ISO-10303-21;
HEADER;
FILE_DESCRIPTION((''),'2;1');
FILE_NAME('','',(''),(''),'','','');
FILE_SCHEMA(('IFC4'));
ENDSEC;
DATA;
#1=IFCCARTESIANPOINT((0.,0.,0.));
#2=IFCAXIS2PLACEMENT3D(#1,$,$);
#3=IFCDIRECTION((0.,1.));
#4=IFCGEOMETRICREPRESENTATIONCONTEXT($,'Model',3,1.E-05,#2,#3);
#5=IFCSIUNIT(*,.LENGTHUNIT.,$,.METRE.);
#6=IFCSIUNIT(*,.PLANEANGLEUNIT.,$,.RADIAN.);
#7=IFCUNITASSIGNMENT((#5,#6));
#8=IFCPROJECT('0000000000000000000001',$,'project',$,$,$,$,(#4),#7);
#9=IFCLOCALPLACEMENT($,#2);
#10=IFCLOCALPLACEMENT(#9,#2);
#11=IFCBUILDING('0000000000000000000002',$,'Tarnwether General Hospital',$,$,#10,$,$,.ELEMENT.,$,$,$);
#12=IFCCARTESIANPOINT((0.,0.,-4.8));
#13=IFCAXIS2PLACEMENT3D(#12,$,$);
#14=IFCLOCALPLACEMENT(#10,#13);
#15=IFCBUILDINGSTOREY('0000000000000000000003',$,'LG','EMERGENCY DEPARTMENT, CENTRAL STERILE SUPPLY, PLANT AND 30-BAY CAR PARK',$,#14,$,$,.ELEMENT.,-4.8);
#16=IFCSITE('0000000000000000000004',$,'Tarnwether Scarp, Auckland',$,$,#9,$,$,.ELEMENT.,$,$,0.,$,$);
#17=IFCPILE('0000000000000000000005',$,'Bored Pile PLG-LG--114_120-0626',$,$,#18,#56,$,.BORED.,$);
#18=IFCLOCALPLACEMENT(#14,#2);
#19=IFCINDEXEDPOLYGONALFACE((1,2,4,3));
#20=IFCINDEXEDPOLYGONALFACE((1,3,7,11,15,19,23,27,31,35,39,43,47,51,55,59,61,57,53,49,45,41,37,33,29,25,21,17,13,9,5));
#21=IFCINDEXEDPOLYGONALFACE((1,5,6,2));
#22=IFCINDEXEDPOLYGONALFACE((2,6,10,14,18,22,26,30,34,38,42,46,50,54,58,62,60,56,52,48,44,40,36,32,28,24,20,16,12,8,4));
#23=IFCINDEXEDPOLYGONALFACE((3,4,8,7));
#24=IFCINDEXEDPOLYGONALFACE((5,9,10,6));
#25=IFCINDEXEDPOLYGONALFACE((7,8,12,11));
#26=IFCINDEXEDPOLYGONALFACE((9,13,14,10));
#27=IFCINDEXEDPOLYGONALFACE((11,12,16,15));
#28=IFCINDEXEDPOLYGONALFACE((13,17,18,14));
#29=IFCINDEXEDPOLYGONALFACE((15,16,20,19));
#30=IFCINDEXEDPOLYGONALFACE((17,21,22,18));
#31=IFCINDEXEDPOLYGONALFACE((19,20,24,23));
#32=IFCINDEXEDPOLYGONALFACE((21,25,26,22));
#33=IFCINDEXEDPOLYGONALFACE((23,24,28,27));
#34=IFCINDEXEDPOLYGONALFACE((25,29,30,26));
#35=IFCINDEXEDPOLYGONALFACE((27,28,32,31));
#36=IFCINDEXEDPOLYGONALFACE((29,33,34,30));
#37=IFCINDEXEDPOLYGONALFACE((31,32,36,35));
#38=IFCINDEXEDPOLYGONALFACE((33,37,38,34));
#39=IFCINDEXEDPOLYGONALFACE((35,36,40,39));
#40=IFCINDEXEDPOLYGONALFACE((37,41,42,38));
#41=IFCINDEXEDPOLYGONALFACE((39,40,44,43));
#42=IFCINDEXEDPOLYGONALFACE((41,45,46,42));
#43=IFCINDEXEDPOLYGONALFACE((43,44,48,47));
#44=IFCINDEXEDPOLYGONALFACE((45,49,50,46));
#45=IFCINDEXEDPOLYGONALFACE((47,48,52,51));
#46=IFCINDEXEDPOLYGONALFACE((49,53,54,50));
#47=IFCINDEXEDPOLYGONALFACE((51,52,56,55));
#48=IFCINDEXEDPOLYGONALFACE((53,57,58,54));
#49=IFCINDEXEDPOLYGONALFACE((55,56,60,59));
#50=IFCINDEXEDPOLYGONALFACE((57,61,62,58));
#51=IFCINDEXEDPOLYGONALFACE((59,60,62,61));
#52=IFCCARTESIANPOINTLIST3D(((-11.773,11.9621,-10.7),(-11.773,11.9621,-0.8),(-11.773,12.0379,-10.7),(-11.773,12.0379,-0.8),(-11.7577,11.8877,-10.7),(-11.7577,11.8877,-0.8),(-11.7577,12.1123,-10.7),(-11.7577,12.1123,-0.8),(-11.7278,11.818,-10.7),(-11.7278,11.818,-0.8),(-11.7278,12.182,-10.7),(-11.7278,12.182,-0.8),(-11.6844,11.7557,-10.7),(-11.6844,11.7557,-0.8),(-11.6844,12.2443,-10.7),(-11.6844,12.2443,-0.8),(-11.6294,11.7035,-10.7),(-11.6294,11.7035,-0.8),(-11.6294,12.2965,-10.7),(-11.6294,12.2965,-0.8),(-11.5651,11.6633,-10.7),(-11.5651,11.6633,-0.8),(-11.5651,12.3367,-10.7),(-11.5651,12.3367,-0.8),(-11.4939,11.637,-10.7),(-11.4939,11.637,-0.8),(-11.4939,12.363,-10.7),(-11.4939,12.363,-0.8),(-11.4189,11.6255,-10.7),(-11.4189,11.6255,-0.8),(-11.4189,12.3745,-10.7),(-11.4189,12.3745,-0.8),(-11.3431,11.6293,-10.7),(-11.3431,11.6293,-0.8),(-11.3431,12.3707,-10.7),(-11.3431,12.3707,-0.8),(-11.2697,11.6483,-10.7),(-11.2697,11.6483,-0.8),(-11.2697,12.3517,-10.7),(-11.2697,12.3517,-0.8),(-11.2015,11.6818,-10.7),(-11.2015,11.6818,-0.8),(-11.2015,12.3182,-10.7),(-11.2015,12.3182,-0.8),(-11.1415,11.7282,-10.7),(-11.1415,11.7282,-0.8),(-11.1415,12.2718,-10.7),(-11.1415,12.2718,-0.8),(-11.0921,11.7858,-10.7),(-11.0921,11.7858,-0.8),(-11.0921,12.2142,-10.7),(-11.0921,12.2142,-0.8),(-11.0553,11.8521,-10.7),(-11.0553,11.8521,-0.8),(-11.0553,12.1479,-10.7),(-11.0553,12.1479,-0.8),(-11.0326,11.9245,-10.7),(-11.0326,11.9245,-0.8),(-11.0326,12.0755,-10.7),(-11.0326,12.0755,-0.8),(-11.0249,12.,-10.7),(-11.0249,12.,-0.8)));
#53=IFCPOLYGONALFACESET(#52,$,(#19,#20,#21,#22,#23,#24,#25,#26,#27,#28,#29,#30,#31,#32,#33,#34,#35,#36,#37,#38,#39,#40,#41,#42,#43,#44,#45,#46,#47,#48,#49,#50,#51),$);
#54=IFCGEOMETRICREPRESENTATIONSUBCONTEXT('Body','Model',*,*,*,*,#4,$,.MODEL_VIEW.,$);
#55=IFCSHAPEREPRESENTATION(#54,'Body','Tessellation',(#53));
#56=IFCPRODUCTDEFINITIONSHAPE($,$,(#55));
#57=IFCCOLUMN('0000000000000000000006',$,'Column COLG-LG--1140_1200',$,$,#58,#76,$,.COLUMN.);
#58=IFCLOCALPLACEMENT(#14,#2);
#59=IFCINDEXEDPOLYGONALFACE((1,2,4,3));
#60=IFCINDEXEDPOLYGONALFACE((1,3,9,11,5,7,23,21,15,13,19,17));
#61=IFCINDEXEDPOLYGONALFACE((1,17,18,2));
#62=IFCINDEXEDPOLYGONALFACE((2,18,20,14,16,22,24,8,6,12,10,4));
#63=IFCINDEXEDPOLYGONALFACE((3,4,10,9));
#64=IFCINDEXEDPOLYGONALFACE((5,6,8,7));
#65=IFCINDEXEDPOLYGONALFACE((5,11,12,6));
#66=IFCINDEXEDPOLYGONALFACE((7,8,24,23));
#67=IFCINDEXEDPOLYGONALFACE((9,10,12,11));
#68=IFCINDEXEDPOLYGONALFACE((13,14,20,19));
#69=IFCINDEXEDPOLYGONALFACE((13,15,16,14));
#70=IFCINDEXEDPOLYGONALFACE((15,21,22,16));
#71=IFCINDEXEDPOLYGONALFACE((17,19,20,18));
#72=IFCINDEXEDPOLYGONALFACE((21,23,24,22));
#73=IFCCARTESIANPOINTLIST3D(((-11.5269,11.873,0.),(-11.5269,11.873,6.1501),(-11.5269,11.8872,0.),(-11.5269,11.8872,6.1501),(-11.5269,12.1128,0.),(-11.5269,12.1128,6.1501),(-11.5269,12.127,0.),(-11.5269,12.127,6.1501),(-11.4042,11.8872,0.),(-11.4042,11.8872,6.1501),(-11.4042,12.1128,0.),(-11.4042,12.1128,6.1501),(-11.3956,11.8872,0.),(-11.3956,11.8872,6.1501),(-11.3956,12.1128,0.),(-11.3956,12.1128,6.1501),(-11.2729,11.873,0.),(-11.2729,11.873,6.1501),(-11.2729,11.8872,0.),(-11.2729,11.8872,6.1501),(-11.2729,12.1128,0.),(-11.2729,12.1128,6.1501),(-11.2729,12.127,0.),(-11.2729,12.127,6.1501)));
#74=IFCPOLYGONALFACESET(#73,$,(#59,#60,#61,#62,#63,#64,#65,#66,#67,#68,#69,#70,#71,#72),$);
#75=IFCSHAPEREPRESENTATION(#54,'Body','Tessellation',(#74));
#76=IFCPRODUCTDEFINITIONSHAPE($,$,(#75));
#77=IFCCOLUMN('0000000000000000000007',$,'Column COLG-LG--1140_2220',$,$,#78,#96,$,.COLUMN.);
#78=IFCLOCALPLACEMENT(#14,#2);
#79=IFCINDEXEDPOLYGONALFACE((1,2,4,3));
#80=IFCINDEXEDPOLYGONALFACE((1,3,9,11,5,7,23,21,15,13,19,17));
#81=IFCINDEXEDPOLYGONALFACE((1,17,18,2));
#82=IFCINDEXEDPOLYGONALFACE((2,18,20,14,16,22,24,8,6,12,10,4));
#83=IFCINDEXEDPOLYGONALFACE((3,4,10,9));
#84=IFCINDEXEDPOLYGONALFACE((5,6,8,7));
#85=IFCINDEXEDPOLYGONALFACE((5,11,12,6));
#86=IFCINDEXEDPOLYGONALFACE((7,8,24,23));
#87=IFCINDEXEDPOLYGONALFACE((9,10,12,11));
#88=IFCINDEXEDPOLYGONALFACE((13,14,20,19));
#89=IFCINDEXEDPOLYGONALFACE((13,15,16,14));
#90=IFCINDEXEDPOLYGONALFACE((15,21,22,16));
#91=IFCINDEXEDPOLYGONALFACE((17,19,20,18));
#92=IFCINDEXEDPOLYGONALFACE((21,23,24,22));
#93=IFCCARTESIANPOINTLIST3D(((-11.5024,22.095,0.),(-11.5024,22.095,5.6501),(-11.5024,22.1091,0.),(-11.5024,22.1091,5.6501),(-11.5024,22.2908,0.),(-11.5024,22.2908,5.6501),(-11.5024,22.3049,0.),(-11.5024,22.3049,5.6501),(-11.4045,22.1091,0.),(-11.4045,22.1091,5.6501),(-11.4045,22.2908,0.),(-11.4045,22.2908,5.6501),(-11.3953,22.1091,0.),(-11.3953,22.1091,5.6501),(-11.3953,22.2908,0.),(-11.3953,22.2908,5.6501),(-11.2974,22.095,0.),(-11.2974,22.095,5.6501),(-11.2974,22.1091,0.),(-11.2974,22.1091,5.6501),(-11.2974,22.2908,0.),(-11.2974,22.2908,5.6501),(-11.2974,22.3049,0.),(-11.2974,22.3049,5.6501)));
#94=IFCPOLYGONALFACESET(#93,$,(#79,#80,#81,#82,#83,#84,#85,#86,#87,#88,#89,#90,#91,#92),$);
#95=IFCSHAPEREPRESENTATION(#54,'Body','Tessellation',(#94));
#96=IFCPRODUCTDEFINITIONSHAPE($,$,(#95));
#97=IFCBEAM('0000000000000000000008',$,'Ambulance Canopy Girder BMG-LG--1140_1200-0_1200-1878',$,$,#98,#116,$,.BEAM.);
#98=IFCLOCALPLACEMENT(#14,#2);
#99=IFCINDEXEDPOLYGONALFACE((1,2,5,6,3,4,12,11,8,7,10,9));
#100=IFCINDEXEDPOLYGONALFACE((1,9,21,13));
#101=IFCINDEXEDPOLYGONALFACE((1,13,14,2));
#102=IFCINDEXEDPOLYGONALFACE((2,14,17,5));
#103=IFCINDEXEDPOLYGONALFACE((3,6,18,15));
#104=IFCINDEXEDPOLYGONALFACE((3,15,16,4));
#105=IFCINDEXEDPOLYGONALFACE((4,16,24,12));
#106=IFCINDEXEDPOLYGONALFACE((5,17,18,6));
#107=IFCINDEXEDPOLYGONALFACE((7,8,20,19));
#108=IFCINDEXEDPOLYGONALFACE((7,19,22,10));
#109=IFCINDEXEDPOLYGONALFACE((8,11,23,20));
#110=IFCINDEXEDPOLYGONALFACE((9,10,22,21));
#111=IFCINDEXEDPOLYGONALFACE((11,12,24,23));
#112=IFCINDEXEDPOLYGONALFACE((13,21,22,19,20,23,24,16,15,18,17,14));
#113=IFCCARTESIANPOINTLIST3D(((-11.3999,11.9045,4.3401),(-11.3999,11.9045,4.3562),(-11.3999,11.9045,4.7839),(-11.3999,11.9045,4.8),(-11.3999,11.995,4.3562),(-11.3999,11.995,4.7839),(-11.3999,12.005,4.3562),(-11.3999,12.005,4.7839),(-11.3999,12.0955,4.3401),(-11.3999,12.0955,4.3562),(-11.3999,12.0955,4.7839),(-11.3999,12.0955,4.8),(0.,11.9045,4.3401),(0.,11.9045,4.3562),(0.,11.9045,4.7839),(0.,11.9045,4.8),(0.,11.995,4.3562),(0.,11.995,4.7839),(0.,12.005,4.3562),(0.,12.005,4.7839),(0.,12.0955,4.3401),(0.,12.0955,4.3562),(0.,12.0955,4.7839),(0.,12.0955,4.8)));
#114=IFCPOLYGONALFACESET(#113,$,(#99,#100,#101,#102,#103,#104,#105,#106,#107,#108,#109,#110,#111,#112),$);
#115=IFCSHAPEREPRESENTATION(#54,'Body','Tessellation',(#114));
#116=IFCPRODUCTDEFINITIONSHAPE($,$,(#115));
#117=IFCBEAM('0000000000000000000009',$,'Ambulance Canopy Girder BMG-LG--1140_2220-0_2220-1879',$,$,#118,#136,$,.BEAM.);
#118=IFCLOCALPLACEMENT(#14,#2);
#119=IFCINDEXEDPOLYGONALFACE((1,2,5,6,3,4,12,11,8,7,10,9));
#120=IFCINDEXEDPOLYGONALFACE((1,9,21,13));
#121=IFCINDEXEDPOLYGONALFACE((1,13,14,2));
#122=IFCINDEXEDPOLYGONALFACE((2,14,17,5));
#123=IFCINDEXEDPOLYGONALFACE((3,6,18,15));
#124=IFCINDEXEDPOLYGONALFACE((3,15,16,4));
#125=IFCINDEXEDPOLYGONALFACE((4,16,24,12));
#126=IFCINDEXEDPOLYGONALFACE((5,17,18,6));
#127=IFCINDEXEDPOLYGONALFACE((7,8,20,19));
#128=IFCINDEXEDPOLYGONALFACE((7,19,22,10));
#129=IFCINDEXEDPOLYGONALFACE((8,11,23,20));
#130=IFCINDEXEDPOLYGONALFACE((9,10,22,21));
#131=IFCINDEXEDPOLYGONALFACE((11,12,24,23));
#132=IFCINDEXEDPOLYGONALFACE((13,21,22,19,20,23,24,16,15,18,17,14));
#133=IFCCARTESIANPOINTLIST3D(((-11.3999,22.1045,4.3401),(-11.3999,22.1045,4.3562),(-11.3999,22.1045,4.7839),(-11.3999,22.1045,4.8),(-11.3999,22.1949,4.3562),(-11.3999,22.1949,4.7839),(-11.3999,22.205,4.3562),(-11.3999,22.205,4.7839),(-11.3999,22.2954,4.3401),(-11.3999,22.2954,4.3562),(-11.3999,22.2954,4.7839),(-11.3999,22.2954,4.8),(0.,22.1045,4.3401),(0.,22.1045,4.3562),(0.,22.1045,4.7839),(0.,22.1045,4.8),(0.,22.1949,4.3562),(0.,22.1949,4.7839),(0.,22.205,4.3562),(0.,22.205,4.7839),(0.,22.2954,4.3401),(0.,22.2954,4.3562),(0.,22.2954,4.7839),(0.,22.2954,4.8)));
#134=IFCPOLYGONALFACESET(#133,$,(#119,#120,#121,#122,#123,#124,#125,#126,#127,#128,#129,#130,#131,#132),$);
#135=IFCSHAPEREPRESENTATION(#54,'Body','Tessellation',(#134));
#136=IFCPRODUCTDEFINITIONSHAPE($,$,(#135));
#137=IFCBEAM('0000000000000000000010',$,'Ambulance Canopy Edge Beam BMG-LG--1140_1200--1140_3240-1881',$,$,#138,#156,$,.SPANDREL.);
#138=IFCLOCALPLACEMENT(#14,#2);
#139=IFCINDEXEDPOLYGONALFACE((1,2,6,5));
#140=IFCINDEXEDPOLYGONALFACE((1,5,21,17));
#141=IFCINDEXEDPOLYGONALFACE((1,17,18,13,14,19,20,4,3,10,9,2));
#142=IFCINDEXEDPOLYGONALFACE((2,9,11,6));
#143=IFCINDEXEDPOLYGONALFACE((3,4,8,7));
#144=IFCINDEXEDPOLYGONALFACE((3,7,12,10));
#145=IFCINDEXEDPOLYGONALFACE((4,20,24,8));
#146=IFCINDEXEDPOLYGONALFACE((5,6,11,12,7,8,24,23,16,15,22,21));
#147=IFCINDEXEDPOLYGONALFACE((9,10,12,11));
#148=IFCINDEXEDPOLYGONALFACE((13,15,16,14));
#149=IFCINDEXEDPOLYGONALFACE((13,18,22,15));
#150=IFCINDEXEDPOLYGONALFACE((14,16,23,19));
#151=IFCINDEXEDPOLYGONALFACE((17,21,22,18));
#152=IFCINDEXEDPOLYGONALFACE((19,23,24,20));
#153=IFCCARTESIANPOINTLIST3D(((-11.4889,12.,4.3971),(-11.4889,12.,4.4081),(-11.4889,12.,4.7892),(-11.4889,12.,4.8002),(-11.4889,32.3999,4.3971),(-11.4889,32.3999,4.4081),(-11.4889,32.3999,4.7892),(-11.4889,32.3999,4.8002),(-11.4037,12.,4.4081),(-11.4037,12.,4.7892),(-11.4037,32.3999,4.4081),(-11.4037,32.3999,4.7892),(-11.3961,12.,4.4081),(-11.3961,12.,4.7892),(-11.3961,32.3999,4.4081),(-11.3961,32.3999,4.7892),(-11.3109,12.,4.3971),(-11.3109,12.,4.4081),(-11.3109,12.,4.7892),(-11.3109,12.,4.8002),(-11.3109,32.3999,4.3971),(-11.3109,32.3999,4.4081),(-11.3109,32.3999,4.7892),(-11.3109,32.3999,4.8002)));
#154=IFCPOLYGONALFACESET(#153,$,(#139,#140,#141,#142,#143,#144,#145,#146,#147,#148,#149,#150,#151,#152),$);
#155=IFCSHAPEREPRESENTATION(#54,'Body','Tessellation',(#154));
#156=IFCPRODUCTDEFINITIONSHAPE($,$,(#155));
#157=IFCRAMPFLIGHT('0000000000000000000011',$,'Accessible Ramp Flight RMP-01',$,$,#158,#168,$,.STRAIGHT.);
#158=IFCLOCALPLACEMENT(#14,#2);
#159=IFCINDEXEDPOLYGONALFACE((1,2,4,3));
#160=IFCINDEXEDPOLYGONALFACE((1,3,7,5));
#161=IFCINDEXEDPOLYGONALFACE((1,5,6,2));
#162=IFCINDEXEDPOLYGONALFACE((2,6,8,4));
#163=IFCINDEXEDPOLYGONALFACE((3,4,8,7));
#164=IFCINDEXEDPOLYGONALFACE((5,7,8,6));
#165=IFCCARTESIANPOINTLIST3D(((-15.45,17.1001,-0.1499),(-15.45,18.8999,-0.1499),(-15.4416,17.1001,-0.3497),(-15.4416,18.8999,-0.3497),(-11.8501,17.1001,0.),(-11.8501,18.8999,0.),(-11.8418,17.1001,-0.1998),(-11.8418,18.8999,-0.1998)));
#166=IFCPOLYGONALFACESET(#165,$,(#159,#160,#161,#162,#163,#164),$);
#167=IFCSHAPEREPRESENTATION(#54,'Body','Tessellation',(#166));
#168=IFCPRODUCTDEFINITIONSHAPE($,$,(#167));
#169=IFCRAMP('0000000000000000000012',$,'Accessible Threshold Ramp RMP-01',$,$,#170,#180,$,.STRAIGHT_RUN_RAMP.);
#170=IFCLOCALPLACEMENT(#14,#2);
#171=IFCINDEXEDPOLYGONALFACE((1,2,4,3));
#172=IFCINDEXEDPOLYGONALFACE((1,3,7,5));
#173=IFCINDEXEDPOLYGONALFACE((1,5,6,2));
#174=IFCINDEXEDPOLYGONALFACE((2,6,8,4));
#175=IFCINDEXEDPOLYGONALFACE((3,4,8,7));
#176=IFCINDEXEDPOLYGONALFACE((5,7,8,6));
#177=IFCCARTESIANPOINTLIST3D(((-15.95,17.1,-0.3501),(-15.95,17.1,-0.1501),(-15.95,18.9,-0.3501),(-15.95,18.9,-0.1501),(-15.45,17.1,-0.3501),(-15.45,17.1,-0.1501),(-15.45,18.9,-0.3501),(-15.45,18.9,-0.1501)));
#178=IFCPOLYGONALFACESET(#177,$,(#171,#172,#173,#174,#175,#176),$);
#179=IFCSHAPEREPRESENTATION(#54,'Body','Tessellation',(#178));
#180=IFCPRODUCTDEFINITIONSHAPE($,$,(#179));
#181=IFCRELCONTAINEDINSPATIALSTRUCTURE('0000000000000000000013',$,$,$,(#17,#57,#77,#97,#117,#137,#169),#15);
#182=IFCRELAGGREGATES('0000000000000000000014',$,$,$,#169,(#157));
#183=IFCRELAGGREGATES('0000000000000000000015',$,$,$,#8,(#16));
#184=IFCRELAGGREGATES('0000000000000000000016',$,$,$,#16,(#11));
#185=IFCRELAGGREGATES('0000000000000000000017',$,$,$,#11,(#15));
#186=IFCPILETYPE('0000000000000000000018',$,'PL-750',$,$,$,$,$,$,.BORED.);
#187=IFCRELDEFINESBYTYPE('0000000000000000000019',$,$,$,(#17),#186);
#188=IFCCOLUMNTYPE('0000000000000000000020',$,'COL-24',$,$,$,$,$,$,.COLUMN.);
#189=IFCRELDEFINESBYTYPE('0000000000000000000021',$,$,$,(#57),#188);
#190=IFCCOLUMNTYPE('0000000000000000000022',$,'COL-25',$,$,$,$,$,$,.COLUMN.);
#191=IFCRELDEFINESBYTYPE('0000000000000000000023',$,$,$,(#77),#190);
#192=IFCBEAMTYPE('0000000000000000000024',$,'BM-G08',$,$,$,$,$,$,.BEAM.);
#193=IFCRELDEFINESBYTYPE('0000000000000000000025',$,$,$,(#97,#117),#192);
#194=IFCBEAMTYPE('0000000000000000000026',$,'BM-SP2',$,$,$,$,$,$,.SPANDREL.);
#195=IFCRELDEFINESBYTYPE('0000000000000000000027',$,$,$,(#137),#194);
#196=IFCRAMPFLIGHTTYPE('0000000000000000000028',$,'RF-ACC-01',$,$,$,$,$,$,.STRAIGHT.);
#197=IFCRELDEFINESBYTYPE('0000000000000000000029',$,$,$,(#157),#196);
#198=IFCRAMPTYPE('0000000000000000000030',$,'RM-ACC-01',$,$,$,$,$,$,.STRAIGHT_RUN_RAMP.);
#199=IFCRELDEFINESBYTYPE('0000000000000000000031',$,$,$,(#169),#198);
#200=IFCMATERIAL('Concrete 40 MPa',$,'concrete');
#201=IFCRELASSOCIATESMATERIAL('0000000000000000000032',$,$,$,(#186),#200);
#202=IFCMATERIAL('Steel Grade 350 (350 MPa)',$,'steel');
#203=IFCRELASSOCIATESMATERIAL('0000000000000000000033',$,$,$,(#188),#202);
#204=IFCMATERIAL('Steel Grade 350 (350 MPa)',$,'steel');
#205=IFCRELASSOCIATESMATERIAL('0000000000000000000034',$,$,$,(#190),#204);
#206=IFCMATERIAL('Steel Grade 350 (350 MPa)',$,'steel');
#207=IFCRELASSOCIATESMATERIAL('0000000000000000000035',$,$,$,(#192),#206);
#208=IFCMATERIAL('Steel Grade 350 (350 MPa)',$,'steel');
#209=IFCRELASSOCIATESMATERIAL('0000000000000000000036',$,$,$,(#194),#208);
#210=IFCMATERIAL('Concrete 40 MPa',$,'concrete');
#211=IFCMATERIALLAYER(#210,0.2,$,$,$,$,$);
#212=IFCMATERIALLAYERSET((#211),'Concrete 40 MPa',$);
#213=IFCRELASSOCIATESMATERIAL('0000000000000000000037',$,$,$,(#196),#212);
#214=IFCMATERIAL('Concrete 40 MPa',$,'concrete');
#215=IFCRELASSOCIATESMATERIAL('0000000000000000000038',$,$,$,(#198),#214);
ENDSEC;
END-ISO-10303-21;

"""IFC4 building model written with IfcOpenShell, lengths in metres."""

from ifc_helpers import new_model, si_unit, direction, frame, origin, origin_2d, place, context, subcontext, project, spatial, polyline, rectangle, circle, i_section, outline, extrude, material, layer, layer_set, material_profile, profile_set, type_object, element, aggregate, save


model = new_model("IFC4")

# Units and contexts
model_context = context("Model", 3, precision=1e-05, world=origin(), true_north=direction((0.0, 1.0)))
body_context = subcontext(model_context, "Body", "Model", "MODEL_VIEW")
ifc_project = project(units=[si_unit("LENGTHUNIT", "METRE"), si_unit("PLANEANGLEUNIT", "RADIAN")], contexts=[model_context])

# Site, building, storey
site_placement = place(None, origin())
site = spatial("IfcSite", under=ifc_project, at=site_placement, Name="Tarnwether Scarp, Auckland", CompositionType="ELEMENT", RefElevation=0.0)
building_placement = place(site_placement, origin())
building = spatial("IfcBuilding", under=site, at=building_placement, Name="Tarnwether General Hospital", CompositionType="ELEMENT")
storey_placement = place(building_placement, frame((0.0, 0.0, -4.8)))
storey = spatial("IfcBuildingStorey", under=building, at=storey_placement, Name="LG", Description="EMERGENCY DEPARTMENT, CENTRAL STERILE SUPPLY, PLANT AND 30-BAY CAR PARK", CompositionType="ELEMENT", Elevation=-4.8)

# Pile
ifc_material_1 = material(Name="Concrete 40 MPa", Category="concrete")
ifc_material_profile_1 = material_profile(ifc_material_1, circle(Radius=0.375, at=origin_2d()), Name="PILE-D750")
ifc_profile_set_1 = profile_set([ifc_material_profile_1], Name="Concrete 40 MPa")
pile_type_1 = type_object("IfcPileType", Name="PL-750", PredefinedType="BORED", material=ifc_profile_set_1)
pile_1_placement = place(storey_placement, frame((-11.3999, 12.0, -0.8), z_axis=(0.0, 0.0, -1.0), x_axis=(1.0, 0.0, 0.0)))
element("IfcPile", 1, at=pile_1_placement, inside=storey, type_object=pile_type_1, Name="Bored Pile PLG-LG--114_120-0626", PredefinedType="BORED", context=body_context, shape_type="SweptSolid", body=[
    extrude(circle(Radius=0.375, at=origin_2d()), origin(), (0.0, 0.0, 1.0), 9.8999),
])

# Columns
ifc_material_2 = material(Name="Steel Grade 350 (350 MPa)", Category="steel")
ifc_material_profile_2 = material_profile(ifc_material_2, i_section(OverallWidth=0.2539, OverallDepth=0.2539, WebThickness=0.0085, FlangeThickness=0.0142, at=origin_2d()), Name="250UC72.9")
ifc_profile_set_2 = profile_set([ifc_material_profile_2], Name="Steel Grade 350 (350 MPa)")
column_type_1 = type_object("IfcColumnType", Name="COL-24", PredefinedType="COLUMN", material=ifc_profile_set_2)
column_1_placement = place(storey_placement, frame((-11.3999, 12.0, 0.0), z_axis=(0.0, 0.0, 1.0), x_axis=(1.0, 0.0, 0.0)))
element("IfcColumn", 2, at=column_1_placement, inside=storey, type_object=column_type_1, Name="Column COLG-LG--1140_1200", PredefinedType="COLUMN", context=body_context, shape_type="SweptSolid", body=[
    extrude(i_section(OverallWidth=0.2539, OverallDepth=0.2539, WebThickness=0.0085, FlangeThickness=0.0142, at=origin_2d()), origin(), (0.0, 0.0, 1.0), 6.1501),
])
ifc_material_3 = material(Name="Steel Grade 350 (350 MPa)", Category="steel")
ifc_material_profile_3 = material_profile(ifc_material_3, i_section(OverallWidth=0.2051, OverallDepth=0.21, WebThickness=0.0093, FlangeThickness=0.0142, at=origin_2d()), Name="200UC59.5")
ifc_profile_set_3 = profile_set([ifc_material_profile_3], Name="Steel Grade 350 (350 MPa)")
column_type_2 = type_object("IfcColumnType", Name="COL-25", PredefinedType="COLUMN", material=ifc_profile_set_3)
column_2_placement = place(storey_placement, frame((-11.3999, 22.2, 0.0), z_axis=(0.0, 0.0, 1.0), x_axis=(1.0, 0.0, 0.0)))
element("IfcColumn", 3, at=column_2_placement, inside=storey, type_object=column_type_2, Name="Column COLG-LG--1140_2220", PredefinedType="COLUMN", context=body_context, shape_type="SweptSolid", body=[
    extrude(i_section(OverallWidth=0.2051, OverallDepth=0.21, WebThickness=0.0093, FlangeThickness=0.0142, at=origin_2d()), origin(), (0.0, 0.0, 1.0), 5.6501),
])

# Beams
ifc_material_4 = material(Name="Steel Grade 350 (350 MPa)", Category="steel")
ifc_material_profile_4 = material_profile(ifc_material_4, i_section(OverallWidth=0.1909, OverallDepth=0.46, WebThickness=0.01, FlangeThickness=0.0161, at=origin_2d()), Name="460UB82.1")
ifc_profile_set_4 = profile_set([ifc_material_profile_4], Name="Steel Grade 350 (350 MPa)")
beam_type_1 = type_object("IfcBeamType", Name="BM-G08", PredefinedType="BEAM", material=ifc_profile_set_4)
for number, where, z_axis, x_axis, name in (
    (4, (-11.3999, 12.0, 4.5701), (1.0, 0.0, 0.0), (0.0, 1.0, 0.0), "Ambulance Canopy Girder BMG-LG--1140_1200-0_1200-1878"),
    (5, (-11.3999, 22.2, 4.5701), (1.0, 0.0, 0.0), (0.0, 1.0, 0.0), "Ambulance Canopy Girder BMG-LG--1140_2220-0_2220-1879"),
):
    element("IfcBeam", number, at=place(storey_placement, frame(where, z_axis=z_axis, x_axis=x_axis)), inside=storey, type_object=beam_type_1, Name=name, PredefinedType="BEAM", context=body_context, shape_type="SweptSolid", body=[
        extrude(i_section(OverallWidth=0.1909, OverallDepth=0.46, WebThickness=0.01, FlangeThickness=0.0161, at=origin_2d()), origin(), (0.0, 0.0, 1.0), 11.3999),
    ])
ifc_material_5 = material(Name="Steel Grade 350 (350 MPa)", Category="steel")
ifc_material_profile_5 = material_profile(ifc_material_5, i_section(OverallWidth=0.178, OverallDepth=0.4031, WebThickness=0.0076, FlangeThickness=0.011, at=origin_2d()), Name="410UB53.7")
ifc_profile_set_5 = profile_set([ifc_material_profile_5], Name="Steel Grade 350 (350 MPa)")
beam_type_2 = type_object("IfcBeamType", Name="BM-SP2", PredefinedType="SPANDREL", material=ifc_profile_set_5)
beam_placement = place(storey_placement, frame((-11.3999, 12.0, 4.5986), z_axis=(0.0, 1.0, 0.0), x_axis=(-1.0, 0.0, 0.0)))
element("IfcBeam", 6, at=beam_placement, inside=storey, type_object=beam_type_2, Name="Ambulance Canopy Edge Beam BMG-LG--1140_1200--1140_3240-1881", PredefinedType="SPANDREL", context=body_context, shape_type="SweptSolid", body=[
    extrude(i_section(OverallWidth=0.178, OverallDepth=0.4031, WebThickness=0.0076, FlangeThickness=0.011, at=origin_2d()), origin(), (0.0, 0.0, 1.0), 20.3999),
])

# Ramp flight
ifc_material_6 = material(Name="Concrete 40 MPa", Category="concrete")
ifc_layer_1 = layer(ifc_material_6, 0.2)
ifc_layer_set_1 = layer_set([ifc_layer_1], Name="Concrete 40 MPa")
ramp_flight_type = type_object("IfcRampFlightType", Name="RF-ACC-01", PredefinedType="STRAIGHT", material=ifc_layer_set_1)
ramp_flight_placement = place(storey_placement, frame((-15.45, 17.1001, -0.1499), z_axis=(-0.041605, 0.0, 0.999134), x_axis=(0.999134, 0.0, 0.041605)))
ramp_flight = element("IfcRampFlight", 7, at=ramp_flight_placement, type_object=ramp_flight_type, Name="Accessible Ramp Flight RMP-01", PredefinedType="STRAIGHT", context=body_context, shape_type="SweptSolid", body=[
    extrude(outline(polyline([(0.0, 0.0), (3.603, 0.0), (3.603, 1.7998), (0.0, 1.7998), (0.0, 0.0)])), origin(), (0.0, 0.0, -1.0), 0.2),
])

# Ramp
ifc_material_7 = material(Name="Concrete 40 MPa", Category="concrete")
ramp_type = type_object("IfcRampType", Name="RM-ACC-01", PredefinedType="STRAIGHT_RUN_RAMP", material=ifc_material_7)
ramp_placement = place(storey_placement, frame((-15.7, 18.0, -0.3501), z_axis=(0.0, 0.0, 1.0), x_axis=(1.0, 0.0, 0.0)))
ramp = element("IfcRamp", 8, at=ramp_placement, inside=storey, type_object=ramp_type, Name="Accessible Threshold Ramp RMP-01", PredefinedType="STRAIGHT_RUN_RAMP", context=body_context, shape_type="SweptSolid", body=[
    extrude(rectangle(XDim=0.5, YDim=1.8, at=origin_2d()), origin(), (0.0, 0.0, 1.0), 0.2),
])
aggregate(ramp, [ramp_flight])

save(model, "model.ifc")
